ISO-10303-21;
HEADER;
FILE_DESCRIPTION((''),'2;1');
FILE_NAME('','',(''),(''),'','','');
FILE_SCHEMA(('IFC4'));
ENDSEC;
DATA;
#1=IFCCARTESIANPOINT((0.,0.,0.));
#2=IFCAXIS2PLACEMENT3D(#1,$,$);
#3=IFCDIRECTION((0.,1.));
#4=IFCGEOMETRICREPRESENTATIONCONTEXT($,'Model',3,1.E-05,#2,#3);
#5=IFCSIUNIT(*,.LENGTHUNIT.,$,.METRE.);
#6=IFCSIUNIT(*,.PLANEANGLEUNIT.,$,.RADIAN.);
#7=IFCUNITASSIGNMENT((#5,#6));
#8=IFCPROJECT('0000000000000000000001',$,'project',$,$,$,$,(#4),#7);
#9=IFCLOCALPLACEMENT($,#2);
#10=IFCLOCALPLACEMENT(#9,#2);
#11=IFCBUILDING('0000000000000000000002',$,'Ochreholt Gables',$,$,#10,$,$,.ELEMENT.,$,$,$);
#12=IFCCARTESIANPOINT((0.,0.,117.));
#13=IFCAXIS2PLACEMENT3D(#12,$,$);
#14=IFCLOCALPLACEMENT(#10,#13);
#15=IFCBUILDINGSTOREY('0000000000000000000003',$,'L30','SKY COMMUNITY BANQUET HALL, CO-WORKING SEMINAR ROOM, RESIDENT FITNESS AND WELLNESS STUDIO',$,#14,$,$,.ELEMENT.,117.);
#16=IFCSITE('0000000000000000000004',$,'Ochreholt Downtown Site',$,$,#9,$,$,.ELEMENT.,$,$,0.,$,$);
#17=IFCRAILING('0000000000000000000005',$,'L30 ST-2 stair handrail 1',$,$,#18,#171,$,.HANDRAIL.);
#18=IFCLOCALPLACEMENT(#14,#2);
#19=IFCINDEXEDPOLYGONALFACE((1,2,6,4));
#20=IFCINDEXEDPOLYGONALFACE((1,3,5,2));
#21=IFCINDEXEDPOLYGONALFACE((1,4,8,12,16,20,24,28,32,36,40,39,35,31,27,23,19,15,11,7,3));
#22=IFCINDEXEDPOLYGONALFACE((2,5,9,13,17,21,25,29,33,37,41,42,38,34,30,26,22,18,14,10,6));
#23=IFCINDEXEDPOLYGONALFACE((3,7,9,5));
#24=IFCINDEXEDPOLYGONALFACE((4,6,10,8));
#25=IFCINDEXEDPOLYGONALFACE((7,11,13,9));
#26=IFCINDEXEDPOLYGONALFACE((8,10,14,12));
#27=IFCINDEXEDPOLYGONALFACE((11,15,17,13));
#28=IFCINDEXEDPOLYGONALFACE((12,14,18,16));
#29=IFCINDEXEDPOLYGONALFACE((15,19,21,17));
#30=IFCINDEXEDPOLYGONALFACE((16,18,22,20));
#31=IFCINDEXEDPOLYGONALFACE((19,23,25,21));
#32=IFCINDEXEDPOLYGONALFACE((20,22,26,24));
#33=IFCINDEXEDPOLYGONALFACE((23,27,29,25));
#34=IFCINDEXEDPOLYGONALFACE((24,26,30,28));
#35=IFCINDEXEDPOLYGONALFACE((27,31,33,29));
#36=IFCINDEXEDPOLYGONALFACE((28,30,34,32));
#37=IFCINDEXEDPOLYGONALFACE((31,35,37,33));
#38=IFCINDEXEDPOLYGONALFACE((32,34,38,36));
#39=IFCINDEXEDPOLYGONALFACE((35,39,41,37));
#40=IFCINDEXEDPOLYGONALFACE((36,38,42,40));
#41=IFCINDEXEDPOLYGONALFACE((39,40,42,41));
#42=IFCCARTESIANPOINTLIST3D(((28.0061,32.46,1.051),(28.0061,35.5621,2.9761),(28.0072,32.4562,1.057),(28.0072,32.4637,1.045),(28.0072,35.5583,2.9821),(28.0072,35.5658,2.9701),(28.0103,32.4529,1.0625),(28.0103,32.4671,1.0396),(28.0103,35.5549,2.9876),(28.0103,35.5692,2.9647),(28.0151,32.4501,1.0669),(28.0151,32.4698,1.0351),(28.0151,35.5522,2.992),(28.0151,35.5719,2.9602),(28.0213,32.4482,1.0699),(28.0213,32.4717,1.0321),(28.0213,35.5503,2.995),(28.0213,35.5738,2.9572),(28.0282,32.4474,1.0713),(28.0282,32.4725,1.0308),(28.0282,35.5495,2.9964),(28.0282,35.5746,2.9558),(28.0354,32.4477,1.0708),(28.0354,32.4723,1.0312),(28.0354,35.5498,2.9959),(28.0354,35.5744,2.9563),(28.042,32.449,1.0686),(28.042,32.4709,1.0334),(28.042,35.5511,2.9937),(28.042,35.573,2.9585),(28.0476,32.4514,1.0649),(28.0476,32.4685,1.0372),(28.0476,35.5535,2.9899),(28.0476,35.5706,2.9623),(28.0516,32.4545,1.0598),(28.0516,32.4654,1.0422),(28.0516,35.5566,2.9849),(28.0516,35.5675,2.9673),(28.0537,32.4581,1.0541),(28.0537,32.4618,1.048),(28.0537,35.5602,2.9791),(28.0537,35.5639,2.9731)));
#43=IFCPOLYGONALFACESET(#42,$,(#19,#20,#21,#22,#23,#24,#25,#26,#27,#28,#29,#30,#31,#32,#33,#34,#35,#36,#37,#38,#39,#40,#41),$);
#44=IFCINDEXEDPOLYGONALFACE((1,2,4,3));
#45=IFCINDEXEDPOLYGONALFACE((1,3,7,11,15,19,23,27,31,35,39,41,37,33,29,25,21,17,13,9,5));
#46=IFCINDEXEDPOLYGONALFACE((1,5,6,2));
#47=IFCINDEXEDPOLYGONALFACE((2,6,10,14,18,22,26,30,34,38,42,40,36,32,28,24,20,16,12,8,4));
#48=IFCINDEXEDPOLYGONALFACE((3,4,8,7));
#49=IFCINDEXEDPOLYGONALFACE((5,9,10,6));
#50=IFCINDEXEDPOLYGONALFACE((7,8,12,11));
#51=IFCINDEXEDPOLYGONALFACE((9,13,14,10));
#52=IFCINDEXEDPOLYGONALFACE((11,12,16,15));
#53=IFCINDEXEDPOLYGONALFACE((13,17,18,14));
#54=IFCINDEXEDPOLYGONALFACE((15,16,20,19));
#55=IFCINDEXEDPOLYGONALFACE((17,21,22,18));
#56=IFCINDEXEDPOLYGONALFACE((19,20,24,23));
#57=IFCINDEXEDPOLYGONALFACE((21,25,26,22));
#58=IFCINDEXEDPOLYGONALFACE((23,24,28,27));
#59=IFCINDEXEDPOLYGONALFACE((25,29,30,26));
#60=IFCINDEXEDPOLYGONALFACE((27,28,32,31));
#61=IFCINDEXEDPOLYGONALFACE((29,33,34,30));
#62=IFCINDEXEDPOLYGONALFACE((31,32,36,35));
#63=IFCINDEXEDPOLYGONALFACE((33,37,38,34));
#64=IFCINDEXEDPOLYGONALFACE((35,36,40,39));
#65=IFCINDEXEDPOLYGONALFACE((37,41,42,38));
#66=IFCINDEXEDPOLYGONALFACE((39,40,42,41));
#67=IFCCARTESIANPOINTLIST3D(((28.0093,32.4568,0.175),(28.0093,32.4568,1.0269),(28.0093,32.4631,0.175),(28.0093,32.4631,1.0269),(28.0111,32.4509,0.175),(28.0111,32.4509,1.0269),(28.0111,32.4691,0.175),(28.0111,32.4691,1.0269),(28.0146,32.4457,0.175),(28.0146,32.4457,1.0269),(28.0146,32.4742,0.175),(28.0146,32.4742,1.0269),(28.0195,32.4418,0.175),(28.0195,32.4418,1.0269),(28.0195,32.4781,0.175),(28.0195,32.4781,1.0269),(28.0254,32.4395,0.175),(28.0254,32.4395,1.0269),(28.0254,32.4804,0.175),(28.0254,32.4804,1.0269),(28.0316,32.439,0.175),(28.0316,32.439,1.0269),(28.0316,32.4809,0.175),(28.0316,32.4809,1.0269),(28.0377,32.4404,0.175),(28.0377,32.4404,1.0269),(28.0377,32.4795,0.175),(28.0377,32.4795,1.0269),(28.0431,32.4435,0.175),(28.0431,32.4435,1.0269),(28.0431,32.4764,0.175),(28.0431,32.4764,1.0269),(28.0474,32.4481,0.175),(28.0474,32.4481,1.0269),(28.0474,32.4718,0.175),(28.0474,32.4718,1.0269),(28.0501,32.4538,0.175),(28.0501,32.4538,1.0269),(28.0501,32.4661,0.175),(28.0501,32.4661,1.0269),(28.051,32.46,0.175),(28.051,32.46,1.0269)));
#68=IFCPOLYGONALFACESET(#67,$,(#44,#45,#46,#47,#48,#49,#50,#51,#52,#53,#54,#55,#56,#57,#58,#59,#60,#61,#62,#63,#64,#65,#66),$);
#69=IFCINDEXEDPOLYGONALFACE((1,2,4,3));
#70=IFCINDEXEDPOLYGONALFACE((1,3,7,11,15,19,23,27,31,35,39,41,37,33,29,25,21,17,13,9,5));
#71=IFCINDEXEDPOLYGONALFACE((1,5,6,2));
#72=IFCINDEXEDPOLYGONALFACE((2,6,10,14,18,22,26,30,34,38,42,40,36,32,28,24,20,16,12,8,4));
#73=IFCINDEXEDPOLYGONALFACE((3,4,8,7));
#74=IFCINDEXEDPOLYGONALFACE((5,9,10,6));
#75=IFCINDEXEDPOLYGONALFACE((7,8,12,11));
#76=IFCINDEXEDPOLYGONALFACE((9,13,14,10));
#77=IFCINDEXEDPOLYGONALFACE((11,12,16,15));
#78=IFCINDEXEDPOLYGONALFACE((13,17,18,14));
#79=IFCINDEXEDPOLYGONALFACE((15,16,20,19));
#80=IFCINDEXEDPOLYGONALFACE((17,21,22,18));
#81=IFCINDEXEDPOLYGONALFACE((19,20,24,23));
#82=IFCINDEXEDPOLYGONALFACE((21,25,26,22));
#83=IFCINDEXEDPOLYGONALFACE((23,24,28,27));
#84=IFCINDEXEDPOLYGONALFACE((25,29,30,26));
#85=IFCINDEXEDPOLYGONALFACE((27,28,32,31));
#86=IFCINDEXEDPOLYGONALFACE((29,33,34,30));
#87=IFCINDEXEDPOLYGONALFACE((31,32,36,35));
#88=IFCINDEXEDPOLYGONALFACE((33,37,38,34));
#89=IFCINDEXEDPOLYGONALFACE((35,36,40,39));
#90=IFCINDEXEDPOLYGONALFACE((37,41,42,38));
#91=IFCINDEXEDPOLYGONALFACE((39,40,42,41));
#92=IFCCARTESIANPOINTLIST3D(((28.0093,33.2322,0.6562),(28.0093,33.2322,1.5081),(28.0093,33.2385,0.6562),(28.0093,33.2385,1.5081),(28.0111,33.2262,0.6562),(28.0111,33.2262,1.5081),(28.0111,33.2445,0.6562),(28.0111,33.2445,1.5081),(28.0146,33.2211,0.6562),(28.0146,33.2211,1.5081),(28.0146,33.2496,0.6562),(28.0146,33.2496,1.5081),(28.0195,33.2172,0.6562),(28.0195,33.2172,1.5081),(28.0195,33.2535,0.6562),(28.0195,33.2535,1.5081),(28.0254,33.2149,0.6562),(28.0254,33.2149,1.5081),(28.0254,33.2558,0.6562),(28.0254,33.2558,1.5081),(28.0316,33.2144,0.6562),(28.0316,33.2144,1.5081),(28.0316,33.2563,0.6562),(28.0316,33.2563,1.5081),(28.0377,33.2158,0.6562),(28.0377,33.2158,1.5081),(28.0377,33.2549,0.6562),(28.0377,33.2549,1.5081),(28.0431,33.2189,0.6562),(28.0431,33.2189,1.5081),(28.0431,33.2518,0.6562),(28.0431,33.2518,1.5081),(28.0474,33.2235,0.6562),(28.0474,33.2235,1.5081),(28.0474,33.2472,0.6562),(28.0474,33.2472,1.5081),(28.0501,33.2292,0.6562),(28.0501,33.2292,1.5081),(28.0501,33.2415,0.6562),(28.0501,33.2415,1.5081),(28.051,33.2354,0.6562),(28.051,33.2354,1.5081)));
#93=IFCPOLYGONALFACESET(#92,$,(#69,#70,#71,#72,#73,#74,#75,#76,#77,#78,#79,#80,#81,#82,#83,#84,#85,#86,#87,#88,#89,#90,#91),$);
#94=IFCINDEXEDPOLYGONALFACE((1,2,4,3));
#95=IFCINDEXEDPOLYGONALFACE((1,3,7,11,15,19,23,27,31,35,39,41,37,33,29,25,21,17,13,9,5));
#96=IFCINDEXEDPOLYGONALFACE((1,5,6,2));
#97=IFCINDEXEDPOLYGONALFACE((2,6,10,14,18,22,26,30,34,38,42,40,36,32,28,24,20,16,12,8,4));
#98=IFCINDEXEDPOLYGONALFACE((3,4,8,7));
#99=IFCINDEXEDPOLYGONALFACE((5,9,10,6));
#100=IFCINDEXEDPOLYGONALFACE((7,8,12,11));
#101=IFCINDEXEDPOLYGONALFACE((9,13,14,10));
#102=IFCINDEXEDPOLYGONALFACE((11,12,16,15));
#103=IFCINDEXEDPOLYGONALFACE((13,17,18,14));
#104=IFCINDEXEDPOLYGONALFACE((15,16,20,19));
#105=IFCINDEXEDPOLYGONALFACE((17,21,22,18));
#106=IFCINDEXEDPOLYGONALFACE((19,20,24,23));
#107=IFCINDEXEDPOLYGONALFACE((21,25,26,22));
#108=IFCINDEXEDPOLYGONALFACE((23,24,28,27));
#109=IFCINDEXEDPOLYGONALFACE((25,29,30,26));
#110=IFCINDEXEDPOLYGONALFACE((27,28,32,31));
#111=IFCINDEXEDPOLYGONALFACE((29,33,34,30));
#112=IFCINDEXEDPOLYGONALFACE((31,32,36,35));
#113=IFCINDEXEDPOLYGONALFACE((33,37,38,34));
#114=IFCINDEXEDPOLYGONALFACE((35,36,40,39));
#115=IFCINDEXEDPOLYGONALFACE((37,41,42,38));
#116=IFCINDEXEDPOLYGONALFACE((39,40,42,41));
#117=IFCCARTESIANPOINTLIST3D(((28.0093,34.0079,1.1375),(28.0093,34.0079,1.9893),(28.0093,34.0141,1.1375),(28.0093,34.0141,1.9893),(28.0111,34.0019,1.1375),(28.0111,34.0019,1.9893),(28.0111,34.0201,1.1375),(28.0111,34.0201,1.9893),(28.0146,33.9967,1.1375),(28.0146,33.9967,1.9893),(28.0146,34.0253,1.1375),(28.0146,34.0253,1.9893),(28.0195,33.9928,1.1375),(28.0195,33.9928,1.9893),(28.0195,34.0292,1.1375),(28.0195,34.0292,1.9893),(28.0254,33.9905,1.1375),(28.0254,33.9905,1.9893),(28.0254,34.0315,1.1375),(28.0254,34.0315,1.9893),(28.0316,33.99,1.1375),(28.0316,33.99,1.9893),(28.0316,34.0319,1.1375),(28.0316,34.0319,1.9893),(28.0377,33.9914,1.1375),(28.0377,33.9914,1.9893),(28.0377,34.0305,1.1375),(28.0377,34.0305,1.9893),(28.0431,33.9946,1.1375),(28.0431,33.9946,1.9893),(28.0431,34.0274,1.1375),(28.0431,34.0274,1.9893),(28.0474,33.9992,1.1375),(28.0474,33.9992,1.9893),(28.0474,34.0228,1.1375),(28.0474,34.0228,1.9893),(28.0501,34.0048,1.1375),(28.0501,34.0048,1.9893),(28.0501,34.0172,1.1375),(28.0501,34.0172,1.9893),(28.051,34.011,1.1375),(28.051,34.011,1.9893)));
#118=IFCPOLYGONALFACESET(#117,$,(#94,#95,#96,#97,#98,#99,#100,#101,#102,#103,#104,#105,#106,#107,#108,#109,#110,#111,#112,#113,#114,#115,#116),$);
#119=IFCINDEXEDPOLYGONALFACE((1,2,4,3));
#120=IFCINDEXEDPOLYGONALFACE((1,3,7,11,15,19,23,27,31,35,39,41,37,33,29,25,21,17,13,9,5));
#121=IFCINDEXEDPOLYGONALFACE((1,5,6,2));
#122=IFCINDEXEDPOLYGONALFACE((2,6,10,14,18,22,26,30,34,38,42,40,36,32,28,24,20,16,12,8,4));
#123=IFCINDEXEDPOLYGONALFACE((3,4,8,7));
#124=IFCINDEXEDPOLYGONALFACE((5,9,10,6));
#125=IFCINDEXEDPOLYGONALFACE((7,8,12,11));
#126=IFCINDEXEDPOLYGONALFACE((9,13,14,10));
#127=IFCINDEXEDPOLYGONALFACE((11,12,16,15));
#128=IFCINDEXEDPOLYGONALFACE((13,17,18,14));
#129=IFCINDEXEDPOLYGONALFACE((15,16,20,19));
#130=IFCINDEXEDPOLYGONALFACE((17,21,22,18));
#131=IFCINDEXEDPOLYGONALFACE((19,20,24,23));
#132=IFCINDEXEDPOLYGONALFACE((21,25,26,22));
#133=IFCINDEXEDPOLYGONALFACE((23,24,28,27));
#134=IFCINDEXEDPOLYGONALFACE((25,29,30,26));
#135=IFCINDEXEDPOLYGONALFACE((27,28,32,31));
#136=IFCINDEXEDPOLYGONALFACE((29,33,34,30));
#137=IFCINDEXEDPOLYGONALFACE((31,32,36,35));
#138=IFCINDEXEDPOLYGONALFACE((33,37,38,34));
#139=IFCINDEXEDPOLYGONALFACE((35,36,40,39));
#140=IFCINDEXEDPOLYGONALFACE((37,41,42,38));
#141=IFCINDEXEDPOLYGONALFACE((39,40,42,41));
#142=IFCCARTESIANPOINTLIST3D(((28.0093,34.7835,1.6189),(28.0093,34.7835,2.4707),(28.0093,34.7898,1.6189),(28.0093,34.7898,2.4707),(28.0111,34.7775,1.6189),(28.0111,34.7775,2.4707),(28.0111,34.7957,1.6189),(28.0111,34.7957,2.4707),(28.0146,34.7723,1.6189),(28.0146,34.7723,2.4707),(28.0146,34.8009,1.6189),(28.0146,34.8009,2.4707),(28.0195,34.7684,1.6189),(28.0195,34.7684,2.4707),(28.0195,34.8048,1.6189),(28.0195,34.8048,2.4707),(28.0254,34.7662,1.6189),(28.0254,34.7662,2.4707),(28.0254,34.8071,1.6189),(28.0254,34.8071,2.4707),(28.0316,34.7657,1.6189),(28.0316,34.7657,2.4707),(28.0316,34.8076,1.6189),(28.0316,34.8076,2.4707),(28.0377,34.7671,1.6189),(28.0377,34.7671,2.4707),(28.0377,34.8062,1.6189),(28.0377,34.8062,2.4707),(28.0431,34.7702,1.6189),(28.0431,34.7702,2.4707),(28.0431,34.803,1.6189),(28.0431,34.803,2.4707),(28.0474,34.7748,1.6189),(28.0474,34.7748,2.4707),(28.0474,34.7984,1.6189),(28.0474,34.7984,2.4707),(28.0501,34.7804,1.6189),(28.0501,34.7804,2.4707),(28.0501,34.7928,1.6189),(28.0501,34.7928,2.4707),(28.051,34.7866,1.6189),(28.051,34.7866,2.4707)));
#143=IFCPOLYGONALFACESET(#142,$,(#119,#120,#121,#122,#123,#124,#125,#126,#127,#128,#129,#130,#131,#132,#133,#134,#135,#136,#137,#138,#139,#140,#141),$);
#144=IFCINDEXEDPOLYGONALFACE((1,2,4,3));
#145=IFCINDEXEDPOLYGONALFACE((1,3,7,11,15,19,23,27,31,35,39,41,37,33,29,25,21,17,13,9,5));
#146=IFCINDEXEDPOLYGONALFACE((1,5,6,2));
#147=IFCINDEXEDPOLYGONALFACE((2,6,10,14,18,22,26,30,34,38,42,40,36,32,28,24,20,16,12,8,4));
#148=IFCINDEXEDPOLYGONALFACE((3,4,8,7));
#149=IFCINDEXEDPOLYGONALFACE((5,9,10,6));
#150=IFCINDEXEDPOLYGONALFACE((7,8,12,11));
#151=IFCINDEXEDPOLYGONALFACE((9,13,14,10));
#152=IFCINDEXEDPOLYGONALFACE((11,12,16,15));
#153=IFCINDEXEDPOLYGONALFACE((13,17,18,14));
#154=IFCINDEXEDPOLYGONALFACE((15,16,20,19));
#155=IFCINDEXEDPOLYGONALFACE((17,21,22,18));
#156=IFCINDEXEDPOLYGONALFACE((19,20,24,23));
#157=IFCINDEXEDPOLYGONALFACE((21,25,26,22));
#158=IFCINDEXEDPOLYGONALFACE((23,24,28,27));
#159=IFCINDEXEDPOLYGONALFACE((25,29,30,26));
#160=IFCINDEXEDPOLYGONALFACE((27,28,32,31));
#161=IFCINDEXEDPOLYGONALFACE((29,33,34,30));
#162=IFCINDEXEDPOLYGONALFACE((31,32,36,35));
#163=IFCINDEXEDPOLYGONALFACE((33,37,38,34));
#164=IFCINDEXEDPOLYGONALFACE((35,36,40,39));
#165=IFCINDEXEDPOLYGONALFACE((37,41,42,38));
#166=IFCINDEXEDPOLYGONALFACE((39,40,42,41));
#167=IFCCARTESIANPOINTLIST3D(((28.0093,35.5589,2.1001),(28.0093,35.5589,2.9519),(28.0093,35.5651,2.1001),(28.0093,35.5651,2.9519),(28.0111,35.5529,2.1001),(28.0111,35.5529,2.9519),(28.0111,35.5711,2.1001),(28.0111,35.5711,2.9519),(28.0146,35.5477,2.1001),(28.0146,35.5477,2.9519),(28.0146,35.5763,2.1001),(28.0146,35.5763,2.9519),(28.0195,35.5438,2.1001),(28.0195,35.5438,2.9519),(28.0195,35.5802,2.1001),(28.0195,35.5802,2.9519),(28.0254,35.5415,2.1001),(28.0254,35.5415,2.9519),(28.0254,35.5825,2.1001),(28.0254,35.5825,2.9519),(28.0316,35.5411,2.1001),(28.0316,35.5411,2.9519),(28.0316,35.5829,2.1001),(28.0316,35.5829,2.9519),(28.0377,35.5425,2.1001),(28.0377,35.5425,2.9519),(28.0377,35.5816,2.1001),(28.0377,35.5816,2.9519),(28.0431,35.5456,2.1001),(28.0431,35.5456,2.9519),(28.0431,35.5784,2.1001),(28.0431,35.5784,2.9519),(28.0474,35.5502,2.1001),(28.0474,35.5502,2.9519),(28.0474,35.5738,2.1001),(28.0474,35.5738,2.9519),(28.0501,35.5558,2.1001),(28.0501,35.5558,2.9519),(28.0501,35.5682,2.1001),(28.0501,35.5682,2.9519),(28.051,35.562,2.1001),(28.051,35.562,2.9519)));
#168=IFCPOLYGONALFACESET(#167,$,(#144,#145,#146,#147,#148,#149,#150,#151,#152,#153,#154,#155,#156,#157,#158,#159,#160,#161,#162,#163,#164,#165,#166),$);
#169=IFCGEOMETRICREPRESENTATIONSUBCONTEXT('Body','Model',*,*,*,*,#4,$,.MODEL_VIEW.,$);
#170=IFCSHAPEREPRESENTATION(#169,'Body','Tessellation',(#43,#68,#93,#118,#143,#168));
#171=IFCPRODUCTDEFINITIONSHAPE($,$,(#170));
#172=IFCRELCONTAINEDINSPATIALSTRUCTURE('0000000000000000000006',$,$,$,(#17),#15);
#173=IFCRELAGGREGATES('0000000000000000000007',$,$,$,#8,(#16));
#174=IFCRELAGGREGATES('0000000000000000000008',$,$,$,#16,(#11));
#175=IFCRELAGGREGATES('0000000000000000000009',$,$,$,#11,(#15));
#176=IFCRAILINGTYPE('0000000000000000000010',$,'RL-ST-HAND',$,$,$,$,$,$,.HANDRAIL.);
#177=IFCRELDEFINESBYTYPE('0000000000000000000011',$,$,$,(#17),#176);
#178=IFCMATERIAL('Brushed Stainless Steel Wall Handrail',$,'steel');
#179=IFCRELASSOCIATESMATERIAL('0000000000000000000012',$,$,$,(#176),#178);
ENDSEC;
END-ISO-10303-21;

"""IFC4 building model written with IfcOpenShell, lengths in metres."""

from ifc_helpers import new_model, si_unit, direction, frame, origin, origin_2d, place, context, subcontext, project, spatial, circle, extrude, material, type_object, element, save


model = new_model("IFC4")

# Units and contexts
model_context = context("Model", 3, precision=1e-05, world=origin(), true_north=direction((0.0, 1.0)))
body_context = subcontext(model_context, "Body", "Model", "MODEL_VIEW")
ifc_project = project(units=[si_unit("LENGTHUNIT", "METRE"), si_unit("PLANEANGLEUNIT", "RADIAN")], contexts=[model_context])

# Site, building, storey
site_placement = place(None, origin())
site = spatial("IfcSite", under=ifc_project, at=site_placement, Name="Ochreholt Downtown Site", CompositionType="ELEMENT", RefElevation=0.0)
building_placement = place(site_placement, origin())
building = spatial("IfcBuilding", under=site, at=building_placement, Name="Ochreholt Gables", CompositionType="ELEMENT")
storey_placement = place(building_placement, frame((0.0, 0.0, 117.0)))
storey = spatial("IfcBuildingStorey", under=building, at=storey_placement, Name="L30", Description="SKY COMMUNITY BANQUET HALL, CO-WORKING SEMINAR ROOM, RESIDENT FITNESS AND WELLNESS STUDIO", CompositionType="ELEMENT", Elevation=117.0)

# Railing
ifc_material_1 = material(Name="Brushed Stainless Steel Wall Handrail", Category="steel")
railing_type_1 = type_object("IfcRailingType", Name="RL-ST-HAND", PredefinedType="HANDRAIL", material=ifc_material_1)
railing_1_placement = place(storey_placement, frame((28.03, 32.46, 0.175)))
element("IfcRailing", 1, at=railing_1_placement, inside=storey, type_object=railing_type_1, Name="L30 ST-2 stair handrail 1", PredefinedType="HANDRAIL", context=body_context, shape_type="SweptSolid", body=[
    extrude(circle(Radius=0.0239, at=origin_2d()), frame((0.0, 0.0, 0.876), z_axis=(0.0, 0.849685, 0.527291), x_axis=(-1.0, 0.0, 0.0)), (0.0, 0.0, 1.0), 3.6509),
    extrude(circle(Radius=0.021, at=origin_2d()), origin(), (0.0, 0.0, 1.0), 0.8518),
    extrude(circle(Radius=0.021, at=origin_2d()), frame((0.0, 0.7754, 0.4812)), (0.0, 0.0, 1.0), 0.8518),
    extrude(circle(Radius=0.021, at=origin_2d()), frame((0.0, 1.551, 0.9624)), (0.0, 0.0, 1.0), 0.8518),
    extrude(circle(Radius=0.021, at=origin_2d()), frame((0.0, 2.3267, 1.4438)), (0.0, 0.0, 1.0), 0.8518),
    extrude(circle(Radius=0.021, at=origin_2d()), frame((0.0, 3.1021, 1.925)), (0.0, 0.0, 1.0), 0.8518),
])

save(model, "model.ifc")
